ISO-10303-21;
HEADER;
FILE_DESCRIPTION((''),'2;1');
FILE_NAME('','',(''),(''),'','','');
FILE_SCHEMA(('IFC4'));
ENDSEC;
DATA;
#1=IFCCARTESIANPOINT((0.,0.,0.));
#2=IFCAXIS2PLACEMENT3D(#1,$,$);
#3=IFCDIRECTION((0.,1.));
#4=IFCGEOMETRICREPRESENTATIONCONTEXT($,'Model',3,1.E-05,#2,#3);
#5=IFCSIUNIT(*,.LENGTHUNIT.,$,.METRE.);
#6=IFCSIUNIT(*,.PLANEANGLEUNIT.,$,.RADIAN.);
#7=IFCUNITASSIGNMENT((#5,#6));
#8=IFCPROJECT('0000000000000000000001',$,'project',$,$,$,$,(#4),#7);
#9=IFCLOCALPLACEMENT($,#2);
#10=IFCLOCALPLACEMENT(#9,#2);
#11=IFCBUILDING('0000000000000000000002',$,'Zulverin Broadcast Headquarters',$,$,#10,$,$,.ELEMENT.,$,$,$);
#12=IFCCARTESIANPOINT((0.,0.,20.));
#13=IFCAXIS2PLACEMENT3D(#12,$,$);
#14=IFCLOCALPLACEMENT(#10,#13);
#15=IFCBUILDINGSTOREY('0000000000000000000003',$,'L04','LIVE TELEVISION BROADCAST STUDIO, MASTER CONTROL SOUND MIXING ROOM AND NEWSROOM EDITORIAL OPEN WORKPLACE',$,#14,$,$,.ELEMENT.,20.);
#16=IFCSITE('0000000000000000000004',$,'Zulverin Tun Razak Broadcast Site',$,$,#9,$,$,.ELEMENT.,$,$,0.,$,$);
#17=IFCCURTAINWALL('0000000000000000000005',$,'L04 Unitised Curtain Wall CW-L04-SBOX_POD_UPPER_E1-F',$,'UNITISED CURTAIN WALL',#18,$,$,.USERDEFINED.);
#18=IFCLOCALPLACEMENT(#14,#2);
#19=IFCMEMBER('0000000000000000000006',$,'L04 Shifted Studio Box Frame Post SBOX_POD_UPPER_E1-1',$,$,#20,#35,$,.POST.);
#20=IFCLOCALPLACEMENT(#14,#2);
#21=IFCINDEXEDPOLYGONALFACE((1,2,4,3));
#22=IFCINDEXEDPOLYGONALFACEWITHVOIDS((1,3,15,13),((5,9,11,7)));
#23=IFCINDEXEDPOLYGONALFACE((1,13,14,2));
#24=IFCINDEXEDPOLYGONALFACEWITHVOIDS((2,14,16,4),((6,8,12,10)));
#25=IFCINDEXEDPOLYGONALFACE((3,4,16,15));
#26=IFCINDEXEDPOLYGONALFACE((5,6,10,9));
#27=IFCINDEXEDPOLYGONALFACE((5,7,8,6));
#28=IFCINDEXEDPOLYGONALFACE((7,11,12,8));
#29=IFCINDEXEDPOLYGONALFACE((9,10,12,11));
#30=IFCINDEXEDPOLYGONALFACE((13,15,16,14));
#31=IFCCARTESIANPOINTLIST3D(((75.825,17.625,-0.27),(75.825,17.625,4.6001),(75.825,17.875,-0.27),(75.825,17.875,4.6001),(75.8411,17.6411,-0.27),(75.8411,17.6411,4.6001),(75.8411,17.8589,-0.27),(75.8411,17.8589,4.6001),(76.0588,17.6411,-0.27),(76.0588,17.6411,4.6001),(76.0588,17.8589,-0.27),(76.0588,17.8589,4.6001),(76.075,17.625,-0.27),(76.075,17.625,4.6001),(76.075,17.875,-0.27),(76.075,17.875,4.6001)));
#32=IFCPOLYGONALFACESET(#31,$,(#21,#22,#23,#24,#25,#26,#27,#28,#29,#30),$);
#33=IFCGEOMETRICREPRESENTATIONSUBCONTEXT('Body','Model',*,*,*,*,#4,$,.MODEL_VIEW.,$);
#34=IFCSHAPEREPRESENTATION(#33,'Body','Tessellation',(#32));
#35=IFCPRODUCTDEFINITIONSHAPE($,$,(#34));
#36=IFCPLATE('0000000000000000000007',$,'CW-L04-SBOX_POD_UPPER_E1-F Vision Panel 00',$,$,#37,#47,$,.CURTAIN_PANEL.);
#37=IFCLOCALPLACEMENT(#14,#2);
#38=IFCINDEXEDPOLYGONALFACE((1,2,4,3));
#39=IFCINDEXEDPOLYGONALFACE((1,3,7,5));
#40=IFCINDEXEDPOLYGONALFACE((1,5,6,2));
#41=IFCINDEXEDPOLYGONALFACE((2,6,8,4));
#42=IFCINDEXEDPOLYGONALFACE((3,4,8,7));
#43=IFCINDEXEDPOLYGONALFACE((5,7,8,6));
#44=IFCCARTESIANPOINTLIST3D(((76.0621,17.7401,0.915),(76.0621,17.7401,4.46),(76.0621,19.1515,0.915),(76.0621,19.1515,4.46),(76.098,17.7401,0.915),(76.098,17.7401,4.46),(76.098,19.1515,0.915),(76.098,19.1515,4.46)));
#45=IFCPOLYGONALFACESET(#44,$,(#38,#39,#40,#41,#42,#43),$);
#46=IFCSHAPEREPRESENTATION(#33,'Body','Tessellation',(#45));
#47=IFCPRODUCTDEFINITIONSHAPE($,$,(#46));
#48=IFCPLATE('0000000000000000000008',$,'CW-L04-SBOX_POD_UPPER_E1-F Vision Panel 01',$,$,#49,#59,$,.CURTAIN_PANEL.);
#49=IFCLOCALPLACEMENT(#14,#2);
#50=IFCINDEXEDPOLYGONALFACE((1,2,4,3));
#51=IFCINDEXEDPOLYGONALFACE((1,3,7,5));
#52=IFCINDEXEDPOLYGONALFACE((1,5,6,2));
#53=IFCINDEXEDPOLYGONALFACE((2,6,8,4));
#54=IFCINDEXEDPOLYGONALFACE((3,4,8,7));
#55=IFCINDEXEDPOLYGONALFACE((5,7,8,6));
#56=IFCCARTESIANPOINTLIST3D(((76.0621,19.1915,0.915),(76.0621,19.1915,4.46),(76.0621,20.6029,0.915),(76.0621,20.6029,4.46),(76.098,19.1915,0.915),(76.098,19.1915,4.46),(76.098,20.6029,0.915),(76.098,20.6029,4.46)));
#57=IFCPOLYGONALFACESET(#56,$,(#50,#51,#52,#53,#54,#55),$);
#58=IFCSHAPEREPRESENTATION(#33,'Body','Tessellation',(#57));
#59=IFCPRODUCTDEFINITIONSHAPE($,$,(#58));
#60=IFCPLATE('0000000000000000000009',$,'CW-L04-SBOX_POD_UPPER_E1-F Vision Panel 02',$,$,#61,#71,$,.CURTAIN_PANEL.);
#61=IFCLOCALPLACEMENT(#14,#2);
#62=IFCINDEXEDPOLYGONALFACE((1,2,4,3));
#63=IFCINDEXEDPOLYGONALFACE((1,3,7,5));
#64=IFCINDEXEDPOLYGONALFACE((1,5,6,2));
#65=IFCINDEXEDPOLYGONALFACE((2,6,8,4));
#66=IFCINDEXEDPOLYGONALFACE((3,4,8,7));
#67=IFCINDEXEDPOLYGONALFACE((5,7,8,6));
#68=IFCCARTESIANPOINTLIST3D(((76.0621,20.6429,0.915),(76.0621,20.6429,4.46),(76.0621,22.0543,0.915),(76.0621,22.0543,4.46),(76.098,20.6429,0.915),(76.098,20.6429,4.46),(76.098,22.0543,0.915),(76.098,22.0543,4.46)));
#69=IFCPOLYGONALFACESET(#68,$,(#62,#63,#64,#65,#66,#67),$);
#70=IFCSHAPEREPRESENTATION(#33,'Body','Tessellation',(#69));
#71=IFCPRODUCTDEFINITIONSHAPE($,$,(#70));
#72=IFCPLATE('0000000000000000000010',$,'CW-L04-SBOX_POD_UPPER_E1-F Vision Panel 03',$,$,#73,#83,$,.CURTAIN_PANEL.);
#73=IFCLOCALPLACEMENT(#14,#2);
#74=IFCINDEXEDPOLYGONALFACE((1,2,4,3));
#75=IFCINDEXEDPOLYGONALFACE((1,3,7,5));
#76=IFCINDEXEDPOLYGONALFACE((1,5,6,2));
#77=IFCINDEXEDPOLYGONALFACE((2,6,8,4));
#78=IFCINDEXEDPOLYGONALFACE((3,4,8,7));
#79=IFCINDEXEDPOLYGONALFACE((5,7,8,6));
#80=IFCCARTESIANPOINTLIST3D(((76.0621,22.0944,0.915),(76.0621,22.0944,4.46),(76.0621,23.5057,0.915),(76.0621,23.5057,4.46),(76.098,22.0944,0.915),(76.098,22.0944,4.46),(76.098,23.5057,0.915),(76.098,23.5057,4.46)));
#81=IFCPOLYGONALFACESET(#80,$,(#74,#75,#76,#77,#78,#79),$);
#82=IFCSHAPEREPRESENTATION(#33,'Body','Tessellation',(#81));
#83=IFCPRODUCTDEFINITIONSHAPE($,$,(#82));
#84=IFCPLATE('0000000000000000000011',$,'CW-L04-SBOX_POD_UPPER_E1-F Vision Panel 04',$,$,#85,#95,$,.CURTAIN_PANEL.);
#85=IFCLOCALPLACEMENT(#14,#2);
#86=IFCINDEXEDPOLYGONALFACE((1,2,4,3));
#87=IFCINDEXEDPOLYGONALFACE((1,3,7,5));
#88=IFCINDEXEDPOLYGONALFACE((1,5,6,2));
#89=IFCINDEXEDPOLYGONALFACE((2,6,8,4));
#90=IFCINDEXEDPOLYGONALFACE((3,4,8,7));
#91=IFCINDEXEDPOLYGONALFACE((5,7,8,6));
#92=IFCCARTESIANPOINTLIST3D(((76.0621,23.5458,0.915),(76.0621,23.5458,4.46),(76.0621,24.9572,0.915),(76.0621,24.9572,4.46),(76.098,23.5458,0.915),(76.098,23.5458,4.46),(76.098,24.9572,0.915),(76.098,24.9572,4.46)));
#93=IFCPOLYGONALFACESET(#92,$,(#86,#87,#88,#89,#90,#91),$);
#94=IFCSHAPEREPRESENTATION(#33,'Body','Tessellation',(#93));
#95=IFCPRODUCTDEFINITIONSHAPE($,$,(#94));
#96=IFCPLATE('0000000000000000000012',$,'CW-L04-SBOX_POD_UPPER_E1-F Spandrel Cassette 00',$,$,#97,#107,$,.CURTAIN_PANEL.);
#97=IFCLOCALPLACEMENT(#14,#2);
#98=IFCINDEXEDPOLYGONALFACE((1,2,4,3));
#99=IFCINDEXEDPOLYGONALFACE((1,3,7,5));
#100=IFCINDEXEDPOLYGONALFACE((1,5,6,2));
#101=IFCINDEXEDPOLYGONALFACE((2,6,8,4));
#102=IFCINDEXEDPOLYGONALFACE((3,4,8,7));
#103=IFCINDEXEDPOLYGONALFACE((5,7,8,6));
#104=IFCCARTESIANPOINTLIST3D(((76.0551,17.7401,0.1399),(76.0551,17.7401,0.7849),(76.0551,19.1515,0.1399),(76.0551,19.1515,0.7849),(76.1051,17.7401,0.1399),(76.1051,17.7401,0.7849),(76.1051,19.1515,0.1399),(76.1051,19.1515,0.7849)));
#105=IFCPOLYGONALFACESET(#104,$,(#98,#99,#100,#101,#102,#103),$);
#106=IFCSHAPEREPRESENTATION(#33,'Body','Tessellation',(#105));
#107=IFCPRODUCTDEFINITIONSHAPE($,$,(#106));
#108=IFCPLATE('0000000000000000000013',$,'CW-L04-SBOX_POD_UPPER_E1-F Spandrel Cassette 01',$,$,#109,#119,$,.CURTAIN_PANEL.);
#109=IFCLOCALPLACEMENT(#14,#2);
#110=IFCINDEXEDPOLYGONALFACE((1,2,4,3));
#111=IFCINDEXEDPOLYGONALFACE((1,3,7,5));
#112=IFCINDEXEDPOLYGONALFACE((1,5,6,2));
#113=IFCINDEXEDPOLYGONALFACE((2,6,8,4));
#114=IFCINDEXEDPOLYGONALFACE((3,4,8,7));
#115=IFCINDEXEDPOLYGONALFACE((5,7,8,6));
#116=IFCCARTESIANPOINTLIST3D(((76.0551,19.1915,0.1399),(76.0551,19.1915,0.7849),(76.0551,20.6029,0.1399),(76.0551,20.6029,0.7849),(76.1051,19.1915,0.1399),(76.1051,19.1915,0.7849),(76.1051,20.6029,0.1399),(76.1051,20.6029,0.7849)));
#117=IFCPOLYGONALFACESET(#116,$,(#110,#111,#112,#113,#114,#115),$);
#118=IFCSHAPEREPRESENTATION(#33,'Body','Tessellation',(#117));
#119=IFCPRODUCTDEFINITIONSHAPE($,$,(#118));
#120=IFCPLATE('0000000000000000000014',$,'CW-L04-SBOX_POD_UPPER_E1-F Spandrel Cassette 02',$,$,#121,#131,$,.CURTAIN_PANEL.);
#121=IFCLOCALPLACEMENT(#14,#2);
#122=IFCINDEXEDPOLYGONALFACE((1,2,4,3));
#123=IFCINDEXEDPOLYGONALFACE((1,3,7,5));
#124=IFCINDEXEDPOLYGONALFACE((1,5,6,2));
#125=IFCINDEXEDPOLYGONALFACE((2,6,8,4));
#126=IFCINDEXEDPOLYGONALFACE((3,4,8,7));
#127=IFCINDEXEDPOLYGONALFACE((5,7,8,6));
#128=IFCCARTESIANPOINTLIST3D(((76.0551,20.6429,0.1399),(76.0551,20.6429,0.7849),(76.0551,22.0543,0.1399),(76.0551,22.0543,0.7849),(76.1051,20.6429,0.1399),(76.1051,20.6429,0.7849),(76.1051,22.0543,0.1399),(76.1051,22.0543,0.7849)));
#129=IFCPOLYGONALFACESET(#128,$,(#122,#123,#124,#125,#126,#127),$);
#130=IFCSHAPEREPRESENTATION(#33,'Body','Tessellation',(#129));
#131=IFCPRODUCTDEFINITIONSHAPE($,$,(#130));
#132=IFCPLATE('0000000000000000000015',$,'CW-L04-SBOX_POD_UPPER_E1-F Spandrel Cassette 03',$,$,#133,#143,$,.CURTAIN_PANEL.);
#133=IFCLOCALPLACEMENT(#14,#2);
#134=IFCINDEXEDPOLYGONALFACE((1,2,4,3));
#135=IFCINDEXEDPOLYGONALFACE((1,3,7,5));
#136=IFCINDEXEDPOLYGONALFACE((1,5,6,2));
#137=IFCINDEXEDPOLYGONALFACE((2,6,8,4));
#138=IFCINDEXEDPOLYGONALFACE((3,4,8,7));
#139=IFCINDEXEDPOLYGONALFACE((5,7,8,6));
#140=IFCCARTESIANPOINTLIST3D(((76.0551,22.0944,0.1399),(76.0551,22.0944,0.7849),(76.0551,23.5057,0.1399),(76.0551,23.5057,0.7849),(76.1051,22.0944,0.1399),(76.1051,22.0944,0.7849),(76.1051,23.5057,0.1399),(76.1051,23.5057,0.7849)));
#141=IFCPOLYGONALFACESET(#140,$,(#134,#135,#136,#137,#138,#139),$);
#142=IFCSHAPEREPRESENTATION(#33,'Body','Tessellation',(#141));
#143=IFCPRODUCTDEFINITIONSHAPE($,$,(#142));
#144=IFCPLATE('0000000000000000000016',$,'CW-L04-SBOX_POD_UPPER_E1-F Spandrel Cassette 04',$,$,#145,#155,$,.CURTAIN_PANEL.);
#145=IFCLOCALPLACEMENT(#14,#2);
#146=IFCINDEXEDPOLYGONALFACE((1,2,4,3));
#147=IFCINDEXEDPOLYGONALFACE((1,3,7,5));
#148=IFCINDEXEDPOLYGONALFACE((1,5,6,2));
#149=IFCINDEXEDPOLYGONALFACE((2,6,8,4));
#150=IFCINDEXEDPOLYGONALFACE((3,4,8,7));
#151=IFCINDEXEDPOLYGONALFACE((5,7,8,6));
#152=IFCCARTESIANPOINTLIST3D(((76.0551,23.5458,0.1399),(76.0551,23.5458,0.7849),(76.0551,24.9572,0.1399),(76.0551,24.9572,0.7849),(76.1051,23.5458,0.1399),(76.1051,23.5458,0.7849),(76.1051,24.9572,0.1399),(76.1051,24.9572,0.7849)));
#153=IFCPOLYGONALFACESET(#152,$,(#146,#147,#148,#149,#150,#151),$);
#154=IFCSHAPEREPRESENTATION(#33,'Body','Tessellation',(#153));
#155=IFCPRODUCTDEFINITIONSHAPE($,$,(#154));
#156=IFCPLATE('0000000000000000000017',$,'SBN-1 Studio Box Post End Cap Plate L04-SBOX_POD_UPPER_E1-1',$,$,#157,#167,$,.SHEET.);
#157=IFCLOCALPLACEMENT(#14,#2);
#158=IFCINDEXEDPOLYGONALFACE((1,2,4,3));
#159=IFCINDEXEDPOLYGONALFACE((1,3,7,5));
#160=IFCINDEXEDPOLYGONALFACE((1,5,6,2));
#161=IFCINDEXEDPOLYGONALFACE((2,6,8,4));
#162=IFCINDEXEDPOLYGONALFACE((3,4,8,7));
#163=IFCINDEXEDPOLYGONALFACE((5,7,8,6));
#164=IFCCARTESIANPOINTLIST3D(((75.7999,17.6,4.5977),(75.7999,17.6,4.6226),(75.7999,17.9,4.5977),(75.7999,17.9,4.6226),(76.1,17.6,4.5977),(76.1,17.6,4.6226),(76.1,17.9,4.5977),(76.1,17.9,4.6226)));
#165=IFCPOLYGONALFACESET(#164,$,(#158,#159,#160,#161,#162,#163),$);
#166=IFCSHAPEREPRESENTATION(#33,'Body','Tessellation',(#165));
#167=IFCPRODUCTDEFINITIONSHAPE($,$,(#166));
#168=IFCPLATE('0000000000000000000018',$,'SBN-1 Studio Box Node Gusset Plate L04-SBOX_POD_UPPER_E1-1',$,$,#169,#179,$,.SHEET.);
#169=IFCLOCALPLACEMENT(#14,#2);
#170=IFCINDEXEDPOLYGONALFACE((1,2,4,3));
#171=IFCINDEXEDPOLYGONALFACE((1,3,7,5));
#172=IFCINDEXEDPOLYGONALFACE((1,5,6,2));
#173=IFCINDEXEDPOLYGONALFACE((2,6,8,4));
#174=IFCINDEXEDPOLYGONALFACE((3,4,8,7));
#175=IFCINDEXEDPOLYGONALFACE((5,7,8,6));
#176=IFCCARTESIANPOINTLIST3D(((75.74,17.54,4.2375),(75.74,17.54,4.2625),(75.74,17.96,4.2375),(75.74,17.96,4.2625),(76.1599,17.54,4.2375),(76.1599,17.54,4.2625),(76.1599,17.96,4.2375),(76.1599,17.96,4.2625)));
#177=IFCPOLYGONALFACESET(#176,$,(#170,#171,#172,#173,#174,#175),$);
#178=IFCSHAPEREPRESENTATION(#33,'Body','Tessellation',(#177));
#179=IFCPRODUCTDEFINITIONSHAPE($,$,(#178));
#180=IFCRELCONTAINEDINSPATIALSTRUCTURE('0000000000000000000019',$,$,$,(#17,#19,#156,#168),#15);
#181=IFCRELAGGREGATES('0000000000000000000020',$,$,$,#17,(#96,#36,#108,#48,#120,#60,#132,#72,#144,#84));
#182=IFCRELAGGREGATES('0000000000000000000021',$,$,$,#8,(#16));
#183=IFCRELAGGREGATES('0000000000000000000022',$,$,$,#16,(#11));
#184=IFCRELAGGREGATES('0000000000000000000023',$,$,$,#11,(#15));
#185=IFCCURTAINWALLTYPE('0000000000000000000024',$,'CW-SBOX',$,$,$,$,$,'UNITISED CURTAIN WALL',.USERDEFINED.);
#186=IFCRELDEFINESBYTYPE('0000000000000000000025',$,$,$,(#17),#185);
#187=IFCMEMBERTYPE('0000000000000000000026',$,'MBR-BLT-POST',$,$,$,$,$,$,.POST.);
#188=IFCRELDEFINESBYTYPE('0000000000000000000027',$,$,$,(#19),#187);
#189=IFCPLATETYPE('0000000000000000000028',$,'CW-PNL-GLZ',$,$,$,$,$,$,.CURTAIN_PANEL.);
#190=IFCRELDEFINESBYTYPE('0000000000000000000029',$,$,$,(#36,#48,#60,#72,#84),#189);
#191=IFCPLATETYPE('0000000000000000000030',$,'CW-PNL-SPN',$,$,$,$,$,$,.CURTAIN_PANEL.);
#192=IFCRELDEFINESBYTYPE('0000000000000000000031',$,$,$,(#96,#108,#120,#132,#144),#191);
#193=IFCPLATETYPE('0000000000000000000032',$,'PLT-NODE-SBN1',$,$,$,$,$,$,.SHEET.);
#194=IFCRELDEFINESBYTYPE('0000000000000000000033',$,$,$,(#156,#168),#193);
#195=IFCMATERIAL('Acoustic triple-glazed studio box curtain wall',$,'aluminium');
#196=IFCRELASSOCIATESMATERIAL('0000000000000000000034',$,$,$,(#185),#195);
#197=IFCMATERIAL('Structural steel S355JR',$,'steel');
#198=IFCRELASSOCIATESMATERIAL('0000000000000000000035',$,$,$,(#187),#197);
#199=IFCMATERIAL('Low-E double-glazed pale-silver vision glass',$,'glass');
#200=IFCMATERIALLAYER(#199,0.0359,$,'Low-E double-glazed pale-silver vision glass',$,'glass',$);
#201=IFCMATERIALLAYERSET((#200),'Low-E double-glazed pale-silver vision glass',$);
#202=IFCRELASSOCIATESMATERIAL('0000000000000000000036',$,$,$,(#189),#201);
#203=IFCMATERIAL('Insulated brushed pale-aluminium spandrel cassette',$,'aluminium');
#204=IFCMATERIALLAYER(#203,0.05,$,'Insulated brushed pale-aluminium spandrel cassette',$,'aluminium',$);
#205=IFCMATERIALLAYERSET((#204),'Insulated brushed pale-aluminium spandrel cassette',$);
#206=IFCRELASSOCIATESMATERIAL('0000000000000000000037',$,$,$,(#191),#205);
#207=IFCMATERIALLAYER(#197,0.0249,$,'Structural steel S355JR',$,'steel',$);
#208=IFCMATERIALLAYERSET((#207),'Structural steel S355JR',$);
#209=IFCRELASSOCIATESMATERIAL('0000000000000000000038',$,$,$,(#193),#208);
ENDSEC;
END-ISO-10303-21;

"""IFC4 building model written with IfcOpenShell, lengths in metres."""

from ifc_helpers import new_model, si_unit, direction, frame, origin, origin_2d, place, context, subcontext, project, spatial, rectangle, hollow_rectangle, extrude, material, layer, layer_set, material_profile, profile_set, type_object, element, aggregate, save


model = new_model("IFC4")

# Units and contexts
model_context = context("Model", 3, precision=1e-05, world=origin(), true_north=direction((0.0, 1.0)))
body_context = subcontext(model_context, "Body", "Model", "MODEL_VIEW")
ifc_project = project(units=[si_unit("LENGTHUNIT", "METRE"), si_unit("PLANEANGLEUNIT", "RADIAN")], contexts=[model_context])

# Site, building, storey
site_placement = place(None, origin())
site = spatial("IfcSite", under=ifc_project, at=site_placement, Name="Zulverin Tun Razak Broadcast Site", CompositionType="ELEMENT", RefElevation=0.0)
building_placement = place(site_placement, origin())
building = spatial("IfcBuilding", under=site, at=building_placement, Name="Zulverin Broadcast Headquarters", CompositionType="ELEMENT")
storey_placement = place(building_placement, frame((0.0, 0.0, 20.0)))
storey = spatial("IfcBuildingStorey", under=building, at=storey_placement, Name="L04", Description="LIVE TELEVISION BROADCAST STUDIO, MASTER CONTROL SOUND MIXING ROOM AND NEWSROOM EDITORIAL OPEN WORKPLACE", CompositionType="ELEMENT", Elevation=20.0)

# Shared definitions
ifc_material_1 = material(Name="Structural steel S355JR", Category="steel")

# Curtain wall
ifc_material_2 = material(Name="Acoustic triple-glazed studio box curtain wall", Category="aluminium")
curtain_wall_type = type_object("IfcCurtainWallType", Name="CW-SBOX", ElementType="UNITISED CURTAIN WALL", PredefinedType="USERDEFINED", material=ifc_material_2)
curtain_wall_placement = place(storey_placement, origin())
curtain_wall = element("IfcCurtainWall", 1, at=curtain_wall_placement, inside=storey, type_object=curtain_wall_type, Name="L04 Unitised Curtain Wall CW-L04-SBOX_POD_UPPER_E1-F", ObjectType="UNITISED CURTAIN WALL", PredefinedType="USERDEFINED")

# Member
ifc_material_profile_1 = material_profile(ifc_material_1, hollow_rectangle(XDim=0.25, YDim=0.25, WallThickness=0.0161, at=origin_2d()), Name="Structural steel S355JR", Category="steel")
ifc_profile_set_1 = profile_set([ifc_material_profile_1], Name="Structural steel S355JR")
member_type_1 = type_object("IfcMemberType", Name="MBR-BLT-POST", PredefinedType="POST", material=ifc_profile_set_1)
member_1_placement = place(storey_placement, frame((75.95, 17.75, -0.27), z_axis=(0.0, 0.0, 1.0), x_axis=(1.0, 0.0, 0.0)))
element("IfcMember", 2, at=member_1_placement, inside=storey, type_object=member_type_1, Name="L04 Shifted Studio Box Frame Post SBOX_POD_UPPER_E1-1", PredefinedType="POST", context=body_context, shape_type="SweptSolid", body=[
    extrude(hollow_rectangle(XDim=0.25, YDim=0.25, WallThickness=0.0161, at=origin_2d()), origin(), (0.0, 0.0, 1.0), 4.8701),
])

# Plates
ifc_material_3 = material(Name="Low-E double-glazed pale-silver vision glass", Category="glass")
ifc_layer_1 = layer(ifc_material_3, 0.0359, Name="Low-E double-glazed pale-silver vision glass", Category="glass")
ifc_layer_set_1 = layer_set([ifc_layer_1], Name="Low-E double-glazed pale-silver vision glass")
plate_type_1 = type_object("IfcPlateType", Name="CW-PNL-GLZ", PredefinedType="CURTAIN_PANEL", material=ifc_layer_set_1)
plate_1_placement = place(storey_placement, frame((76.0801, 18.4458, 0.915), z_axis=(0.0, 0.0, 1.0), x_axis=(0.0, 1.0, 0.0)))
plate_1 = element("IfcPlate", 3, at=plate_1_placement, type_object=plate_type_1, Name="CW-L04-SBOX_POD_UPPER_E1-F Vision Panel 00", PredefinedType="CURTAIN_PANEL", context=body_context, shape_type="SweptSolid", body=[
    extrude(rectangle(XDim=1.4114, YDim=0.0359, at=origin_2d()), origin(), (0.0, 0.0, 1.0), 3.5449),
])
plate_2_placement = place(storey_placement, frame((76.0801, 19.8972, 0.915), z_axis=(0.0, 0.0, 1.0), x_axis=(0.0, 1.0, 0.0)))
plate_2 = element("IfcPlate", 4, at=plate_2_placement, type_object=plate_type_1, Name="CW-L04-SBOX_POD_UPPER_E1-F Vision Panel 01", PredefinedType="CURTAIN_PANEL", context=body_context, shape_type="SweptSolid", body=[
    extrude(rectangle(XDim=1.4114, YDim=0.0359, at=origin_2d()), origin(), (0.0, 0.0, 1.0), 3.5449),
])
plate_3_placement = place(storey_placement, frame((76.0801, 21.3486, 0.915), z_axis=(0.0, 0.0, 1.0), x_axis=(0.0, 1.0, 0.0)))
plate_3 = element("IfcPlate", 5, at=plate_3_placement, type_object=plate_type_1, Name="CW-L04-SBOX_POD_UPPER_E1-F Vision Panel 02", PredefinedType="CURTAIN_PANEL", context=body_context, shape_type="SweptSolid", body=[
    extrude(rectangle(XDim=1.4114, YDim=0.0359, at=origin_2d()), origin(), (0.0, 0.0, 1.0), 3.5449),
])
plate_4_placement = place(storey_placement, frame((76.0801, 22.8, 0.915), z_axis=(0.0, 0.0, 1.0), x_axis=(0.0, 1.0, 0.0)))
plate_4 = element("IfcPlate", 6, at=plate_4_placement, type_object=plate_type_1, Name="CW-L04-SBOX_POD_UPPER_E1-F Vision Panel 03", PredefinedType="CURTAIN_PANEL", context=body_context, shape_type="SweptSolid", body=[
    extrude(rectangle(XDim=1.4114, YDim=0.0359, at=origin_2d()), origin(), (0.0, 0.0, 1.0), 3.5449),
])
plate_5_placement = place(storey_placement, frame((76.0801, 24.2515, 0.915), z_axis=(0.0, 0.0, 1.0), x_axis=(0.0, 1.0, 0.0)))
plate_5 = element("IfcPlate", 7, at=plate_5_placement, type_object=plate_type_1, Name="CW-L04-SBOX_POD_UPPER_E1-F Vision Panel 04", PredefinedType="CURTAIN_PANEL", context=body_context, shape_type="SweptSolid", body=[
    extrude(rectangle(XDim=1.4114, YDim=0.0359, at=origin_2d()), origin(), (0.0, 0.0, 1.0), 3.5449),
])
ifc_material_4 = material(Name="Insulated brushed pale-aluminium spandrel cassette", Category="aluminium")
ifc_layer_2 = layer(ifc_material_4, 0.05, Name="Insulated brushed pale-aluminium spandrel cassette", Category="aluminium")
ifc_layer_set_2 = layer_set([ifc_layer_2], Name="Insulated brushed pale-aluminium spandrel cassette")
plate_type_2 = type_object("IfcPlateType", Name="CW-PNL-SPN", PredefinedType="CURTAIN_PANEL", material=ifc_layer_set_2)
plate_6_placement = place(storey_placement, frame((76.0801, 18.4458, 0.1399), z_axis=(0.0, 0.0, 1.0), x_axis=(0.0, 1.0, 0.0)))
plate_6 = element("IfcPlate", 8, at=plate_6_placement, type_object=plate_type_2, Name="CW-L04-SBOX_POD_UPPER_E1-F Spandrel Cassette 00", PredefinedType="CURTAIN_PANEL", context=body_context, shape_type="SweptSolid", body=[
    extrude(rectangle(XDim=1.4114, YDim=0.05, at=origin_2d()), origin(), (0.0, 0.0, 1.0), 0.645),
])
plate_7_placement = place(storey_placement, frame((76.0801, 19.8972, 0.1399), z_axis=(0.0, 0.0, 1.0), x_axis=(0.0, 1.0, 0.0)))
plate_7 = element("IfcPlate", 9, at=plate_7_placement, type_object=plate_type_2, Name="CW-L04-SBOX_POD_UPPER_E1-F Spandrel Cassette 01", PredefinedType="CURTAIN_PANEL", context=body_context, shape_type="SweptSolid", body=[
    extrude(rectangle(XDim=1.4114, YDim=0.05, at=origin_2d()), origin(), (0.0, 0.0, 1.0), 0.645),
])
plate_8_placement = place(storey_placement, frame((76.0801, 21.3486, 0.1399), z_axis=(0.0, 0.0, 1.0), x_axis=(0.0, 1.0, 0.0)))
plate_8 = element("IfcPlate", 10, at=plate_8_placement, type_object=plate_type_2, Name="CW-L04-SBOX_POD_UPPER_E1-F Spandrel Cassette 02", PredefinedType="CURTAIN_PANEL", context=body_context, shape_type="SweptSolid", body=[
    extrude(rectangle(XDim=1.4114, YDim=0.05, at=origin_2d()), origin(), (0.0, 0.0, 1.0), 0.645),
])
plate_9_placement = place(storey_placement, frame((76.0801, 22.8, 0.1399), z_axis=(0.0, 0.0, 1.0), x_axis=(0.0, 1.0, 0.0)))
plate_9 = element("IfcPlate", 11, at=plate_9_placement, type_object=plate_type_2, Name="CW-L04-SBOX_POD_UPPER_E1-F Spandrel Cassette 03", PredefinedType="CURTAIN_PANEL", context=body_context, shape_type="SweptSolid", body=[
    extrude(rectangle(XDim=1.4114, YDim=0.05, at=origin_2d()), origin(), (0.0, 0.0, 1.0), 0.645),
])
plate_10_placement = place(storey_placement, frame((76.0801, 24.2515, 0.1399), z_axis=(0.0, 0.0, 1.0), x_axis=(0.0, 1.0, 0.0)))
plate_10 = element("IfcPlate", 12, at=plate_10_placement, type_object=plate_type_2, Name="CW-L04-SBOX_POD_UPPER_E1-F Spandrel Cassette 04", PredefinedType="CURTAIN_PANEL", context=body_context, shape_type="SweptSolid", body=[
    extrude(rectangle(XDim=1.4114, YDim=0.05, at=origin_2d()), origin(), (0.0, 0.0, 1.0), 0.645),
])
aggregate(curtain_wall, [plate_6, plate_1, plate_7, plate_2, plate_8, plate_3, plate_9, plate_4, plate_10, plate_5])

# Plates
ifc_layer_3 = layer(ifc_material_1, 0.0249, Name="Structural steel S355JR", Category="steel")
ifc_layer_set_3 = layer_set([ifc_layer_3], Name="Structural steel S355JR")
plate_type_3 = type_object("IfcPlateType", Name="PLT-NODE-SBN1", PredefinedType="SHEET", material=ifc_layer_set_3)
plate_11_placement = place(storey_placement, frame((75.95, 17.75, 4.5977), z_axis=(0.0, 0.0, 1.0), x_axis=(1.0, 0.0, 0.0)))
element("IfcPlate", 13, at=plate_11_placement, inside=storey, type_object=plate_type_3, Name="SBN-1 Studio Box Post End Cap Plate L04-SBOX_POD_UPPER_E1-1", PredefinedType="SHEET", context=body_context, shape_type="SweptSolid", body=[
    extrude(rectangle(XDim=0.3, YDim=0.3, at=origin_2d()), origin(), (0.0, 0.0, 1.0), 0.0249),
])
plate_12_placement = place(storey_placement, frame((75.95, 17.75, 4.2375), z_axis=(0.0, 0.0, 1.0), x_axis=(1.0, 0.0, 0.0)))
element("IfcPlate", 14, at=plate_12_placement, inside=storey, type_object=plate_type_3, Name="SBN-1 Studio Box Node Gusset Plate L04-SBOX_POD_UPPER_E1-1", PredefinedType="SHEET", context=body_context, shape_type="SweptSolid", body=[
    extrude(rectangle(XDim=0.4199, YDim=0.4199, at=origin_2d()), origin(), (0.0, 0.0, 1.0), 0.0249),
])

save(model, "model.ifc")
